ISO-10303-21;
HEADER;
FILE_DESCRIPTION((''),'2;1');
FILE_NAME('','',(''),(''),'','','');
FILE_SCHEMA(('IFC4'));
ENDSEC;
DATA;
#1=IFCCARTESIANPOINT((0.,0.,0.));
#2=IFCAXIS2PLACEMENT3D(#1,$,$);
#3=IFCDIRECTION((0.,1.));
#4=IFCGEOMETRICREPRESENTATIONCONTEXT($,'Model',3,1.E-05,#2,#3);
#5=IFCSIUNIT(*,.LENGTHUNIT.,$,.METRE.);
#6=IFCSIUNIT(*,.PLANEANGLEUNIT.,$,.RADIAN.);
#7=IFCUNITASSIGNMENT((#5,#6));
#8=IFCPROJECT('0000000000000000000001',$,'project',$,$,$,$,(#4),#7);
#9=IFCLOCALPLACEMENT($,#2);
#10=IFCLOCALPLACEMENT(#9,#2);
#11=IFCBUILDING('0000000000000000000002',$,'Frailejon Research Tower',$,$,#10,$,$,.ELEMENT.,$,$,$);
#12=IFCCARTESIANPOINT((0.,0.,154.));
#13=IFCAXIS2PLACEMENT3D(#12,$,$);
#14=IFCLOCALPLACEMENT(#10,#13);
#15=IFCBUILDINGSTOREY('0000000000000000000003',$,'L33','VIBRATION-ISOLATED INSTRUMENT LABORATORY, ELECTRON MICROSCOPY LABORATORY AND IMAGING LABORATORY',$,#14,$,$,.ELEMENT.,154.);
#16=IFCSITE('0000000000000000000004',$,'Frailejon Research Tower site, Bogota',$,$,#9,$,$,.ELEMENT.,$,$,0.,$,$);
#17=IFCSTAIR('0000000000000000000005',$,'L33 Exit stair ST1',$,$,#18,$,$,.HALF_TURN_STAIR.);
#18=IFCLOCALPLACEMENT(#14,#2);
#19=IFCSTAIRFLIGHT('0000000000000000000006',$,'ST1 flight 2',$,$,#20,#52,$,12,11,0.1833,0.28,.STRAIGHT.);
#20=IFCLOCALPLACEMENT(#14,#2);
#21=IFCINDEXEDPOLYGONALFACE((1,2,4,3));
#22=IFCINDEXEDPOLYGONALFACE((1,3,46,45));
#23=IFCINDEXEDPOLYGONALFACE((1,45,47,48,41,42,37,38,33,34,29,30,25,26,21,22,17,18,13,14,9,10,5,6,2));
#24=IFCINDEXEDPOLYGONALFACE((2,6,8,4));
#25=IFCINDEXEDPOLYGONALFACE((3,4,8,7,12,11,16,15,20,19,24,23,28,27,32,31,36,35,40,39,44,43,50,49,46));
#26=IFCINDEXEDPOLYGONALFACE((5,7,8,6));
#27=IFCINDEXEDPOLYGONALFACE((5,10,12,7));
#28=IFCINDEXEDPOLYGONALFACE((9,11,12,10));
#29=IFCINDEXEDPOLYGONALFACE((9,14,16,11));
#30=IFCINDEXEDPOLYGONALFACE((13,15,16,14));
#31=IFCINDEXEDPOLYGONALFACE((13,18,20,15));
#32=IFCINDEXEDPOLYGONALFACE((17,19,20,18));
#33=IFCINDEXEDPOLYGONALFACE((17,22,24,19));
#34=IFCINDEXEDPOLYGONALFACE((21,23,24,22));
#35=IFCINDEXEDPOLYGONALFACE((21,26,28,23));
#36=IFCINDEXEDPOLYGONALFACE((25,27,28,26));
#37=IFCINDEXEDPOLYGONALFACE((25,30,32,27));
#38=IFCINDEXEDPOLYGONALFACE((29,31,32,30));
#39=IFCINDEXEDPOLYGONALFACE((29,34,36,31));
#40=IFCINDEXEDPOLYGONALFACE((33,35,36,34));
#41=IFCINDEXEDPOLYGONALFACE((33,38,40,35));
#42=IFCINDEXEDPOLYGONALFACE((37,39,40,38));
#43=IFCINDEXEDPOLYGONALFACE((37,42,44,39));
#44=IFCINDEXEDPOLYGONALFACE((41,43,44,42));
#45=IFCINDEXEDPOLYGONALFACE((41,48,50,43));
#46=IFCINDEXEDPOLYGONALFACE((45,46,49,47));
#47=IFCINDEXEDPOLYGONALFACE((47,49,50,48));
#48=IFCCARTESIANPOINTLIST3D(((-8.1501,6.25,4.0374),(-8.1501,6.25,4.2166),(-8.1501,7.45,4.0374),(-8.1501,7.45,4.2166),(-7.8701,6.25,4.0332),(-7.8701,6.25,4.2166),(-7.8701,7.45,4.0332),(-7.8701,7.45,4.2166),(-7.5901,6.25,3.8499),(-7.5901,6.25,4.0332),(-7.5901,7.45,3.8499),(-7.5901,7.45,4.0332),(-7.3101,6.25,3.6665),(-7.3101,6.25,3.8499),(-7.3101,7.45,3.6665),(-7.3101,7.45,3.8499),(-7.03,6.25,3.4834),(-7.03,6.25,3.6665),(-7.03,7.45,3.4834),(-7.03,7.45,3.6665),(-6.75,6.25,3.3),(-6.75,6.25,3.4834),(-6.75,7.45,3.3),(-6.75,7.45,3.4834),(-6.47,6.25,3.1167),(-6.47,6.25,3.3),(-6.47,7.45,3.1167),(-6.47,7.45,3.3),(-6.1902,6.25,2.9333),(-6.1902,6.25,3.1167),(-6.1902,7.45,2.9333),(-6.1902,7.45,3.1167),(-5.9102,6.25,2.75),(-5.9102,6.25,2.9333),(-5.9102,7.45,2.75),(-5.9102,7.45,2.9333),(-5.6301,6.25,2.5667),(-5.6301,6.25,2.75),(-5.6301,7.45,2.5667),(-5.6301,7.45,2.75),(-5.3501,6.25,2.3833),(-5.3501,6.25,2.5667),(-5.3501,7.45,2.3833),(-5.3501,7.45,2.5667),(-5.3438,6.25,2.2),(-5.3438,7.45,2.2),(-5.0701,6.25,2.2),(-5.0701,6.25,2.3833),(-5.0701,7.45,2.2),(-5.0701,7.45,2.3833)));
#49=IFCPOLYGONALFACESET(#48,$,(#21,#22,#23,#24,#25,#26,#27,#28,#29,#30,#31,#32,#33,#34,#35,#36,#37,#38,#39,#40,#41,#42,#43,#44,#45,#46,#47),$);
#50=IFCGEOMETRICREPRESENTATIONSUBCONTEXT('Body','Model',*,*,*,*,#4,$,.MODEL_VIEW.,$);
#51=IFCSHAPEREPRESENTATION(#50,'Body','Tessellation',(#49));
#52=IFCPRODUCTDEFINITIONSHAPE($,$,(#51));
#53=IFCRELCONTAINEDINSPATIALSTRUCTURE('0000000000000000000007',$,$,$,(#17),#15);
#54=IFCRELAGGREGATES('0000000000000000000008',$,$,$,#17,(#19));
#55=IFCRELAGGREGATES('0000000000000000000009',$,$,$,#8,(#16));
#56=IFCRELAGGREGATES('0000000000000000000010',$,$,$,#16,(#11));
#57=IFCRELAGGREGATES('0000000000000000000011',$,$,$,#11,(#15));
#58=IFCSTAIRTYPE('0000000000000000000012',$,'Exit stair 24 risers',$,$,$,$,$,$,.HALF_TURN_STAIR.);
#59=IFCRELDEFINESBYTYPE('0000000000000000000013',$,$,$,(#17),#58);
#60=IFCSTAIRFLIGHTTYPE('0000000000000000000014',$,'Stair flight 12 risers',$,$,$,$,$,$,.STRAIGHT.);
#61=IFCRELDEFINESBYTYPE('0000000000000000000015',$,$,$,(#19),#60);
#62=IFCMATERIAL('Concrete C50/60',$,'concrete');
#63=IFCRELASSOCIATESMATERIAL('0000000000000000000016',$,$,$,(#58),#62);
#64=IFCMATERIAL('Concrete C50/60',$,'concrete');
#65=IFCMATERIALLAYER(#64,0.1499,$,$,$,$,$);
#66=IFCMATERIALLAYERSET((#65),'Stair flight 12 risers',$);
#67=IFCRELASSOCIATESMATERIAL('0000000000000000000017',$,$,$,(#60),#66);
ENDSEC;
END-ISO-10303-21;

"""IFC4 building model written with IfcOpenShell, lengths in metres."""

from ifc_helpers import new_model, si_unit, direction, frame, origin, place, context, subcontext, project, spatial, polyline, outline, extrude, material, layer, layer_set, type_object, element, aggregate, save


model = new_model("IFC4")

# Units and contexts
model_context = context("Model", 3, precision=1e-05, world=origin(), true_north=direction((0.0, 1.0)))
body_context = subcontext(model_context, "Body", "Model", "MODEL_VIEW")
ifc_project = project(units=[si_unit("LENGTHUNIT", "METRE"), si_unit("PLANEANGLEUNIT", "RADIAN")], contexts=[model_context])

# Site, building, storey
site_placement = place(None, origin())
site = spatial("IfcSite", under=ifc_project, at=site_placement, Name="Frailejon Research Tower site, Bogota", CompositionType="ELEMENT", RefElevation=0.0)
building_placement = place(site_placement, origin())
building = spatial("IfcBuilding", under=site, at=building_placement, Name="Frailejon Research Tower", CompositionType="ELEMENT")
storey_placement = place(building_placement, frame((0.0, 0.0, 154.0)))
storey = spatial("IfcBuildingStorey", under=building, at=storey_placement, Name="L33", Description="VIBRATION-ISOLATED INSTRUMENT LABORATORY, ELECTRON MICROSCOPY LABORATORY AND IMAGING LABORATORY", CompositionType="ELEMENT", Elevation=154.0)

# Stair, stair flight
ifc_material_1 = material(Name="Concrete C50/60", Category="concrete")
stair_type = type_object("IfcStairType", Name="Exit stair 24 risers", PredefinedType="HALF_TURN_STAIR", material=ifc_material_1)
stair_placement = place(storey_placement, origin())
stair = element("IfcStair", 1, at=stair_placement, inside=storey, type_object=stair_type, Name="L33 Exit stair ST1", PredefinedType="HALF_TURN_STAIR")
ifc_material_2 = material(Name="Concrete C50/60", Category="concrete")
ifc_layer_1 = layer(ifc_material_2, 0.1499)
ifc_layer_set_1 = layer_set([ifc_layer_1], Name="Stair flight 12 risers")
stair_flight_type = type_object("IfcStairFlightType", Name="Stair flight 12 risers", PredefinedType="STRAIGHT", material=ifc_layer_set_1)
stair_flight_1_placement = place(storey_placement, frame((-5.0701, 6.8501, 2.2), z_axis=(0.0, 0.0, 1.0), x_axis=(-1.0, 0.0, 0.0)))
stair_flight_1 = element("IfcStairFlight", 2, at=stair_flight_1_placement, type_object=stair_flight_type, Name="ST1 flight 2", NumberOfRisers=12, NumberOfTreads=11, PredefinedType="STRAIGHT", RiserHeight=0.1833, TreadLength=0.28, context=body_context, shape_type="SweptSolid", body=[
    extrude(outline(polyline([(0.0, 0.0), (0.0, 0.1833), (0.28, 0.1833), (0.28, 0.3667), (0.5601, 0.3667), (0.5601, 0.55), (0.8401, 0.55), (0.8401, 0.7334), (1.1201, 0.7334), (1.1201, 0.9167), (1.3999, 0.9167), (1.3999, 1.1001), (1.6799, 1.1001), (1.6799, 1.2834), (1.96, 1.2834), (1.96, 1.4666), (2.24, 1.4666), (2.24, 1.6499), (2.52, 1.6499), (2.52, 1.8333), (2.8, 1.8333), (2.8, 2.0166), (3.0801, 2.0166), (3.0801, 2.2), (3.0801, 1.8374), (0.2737, 0.0), (0.0, 0.0)])), frame((0.0, 0.6001, 0.0), z_axis=(0.0, -1.0, 0.0), x_axis=(1.0, 0.0, 0.0)), (0.0, 0.0, 1.0), 1.2),
])
aggregate(stair, [stair_flight_1])

save(model, "model.ifc")
